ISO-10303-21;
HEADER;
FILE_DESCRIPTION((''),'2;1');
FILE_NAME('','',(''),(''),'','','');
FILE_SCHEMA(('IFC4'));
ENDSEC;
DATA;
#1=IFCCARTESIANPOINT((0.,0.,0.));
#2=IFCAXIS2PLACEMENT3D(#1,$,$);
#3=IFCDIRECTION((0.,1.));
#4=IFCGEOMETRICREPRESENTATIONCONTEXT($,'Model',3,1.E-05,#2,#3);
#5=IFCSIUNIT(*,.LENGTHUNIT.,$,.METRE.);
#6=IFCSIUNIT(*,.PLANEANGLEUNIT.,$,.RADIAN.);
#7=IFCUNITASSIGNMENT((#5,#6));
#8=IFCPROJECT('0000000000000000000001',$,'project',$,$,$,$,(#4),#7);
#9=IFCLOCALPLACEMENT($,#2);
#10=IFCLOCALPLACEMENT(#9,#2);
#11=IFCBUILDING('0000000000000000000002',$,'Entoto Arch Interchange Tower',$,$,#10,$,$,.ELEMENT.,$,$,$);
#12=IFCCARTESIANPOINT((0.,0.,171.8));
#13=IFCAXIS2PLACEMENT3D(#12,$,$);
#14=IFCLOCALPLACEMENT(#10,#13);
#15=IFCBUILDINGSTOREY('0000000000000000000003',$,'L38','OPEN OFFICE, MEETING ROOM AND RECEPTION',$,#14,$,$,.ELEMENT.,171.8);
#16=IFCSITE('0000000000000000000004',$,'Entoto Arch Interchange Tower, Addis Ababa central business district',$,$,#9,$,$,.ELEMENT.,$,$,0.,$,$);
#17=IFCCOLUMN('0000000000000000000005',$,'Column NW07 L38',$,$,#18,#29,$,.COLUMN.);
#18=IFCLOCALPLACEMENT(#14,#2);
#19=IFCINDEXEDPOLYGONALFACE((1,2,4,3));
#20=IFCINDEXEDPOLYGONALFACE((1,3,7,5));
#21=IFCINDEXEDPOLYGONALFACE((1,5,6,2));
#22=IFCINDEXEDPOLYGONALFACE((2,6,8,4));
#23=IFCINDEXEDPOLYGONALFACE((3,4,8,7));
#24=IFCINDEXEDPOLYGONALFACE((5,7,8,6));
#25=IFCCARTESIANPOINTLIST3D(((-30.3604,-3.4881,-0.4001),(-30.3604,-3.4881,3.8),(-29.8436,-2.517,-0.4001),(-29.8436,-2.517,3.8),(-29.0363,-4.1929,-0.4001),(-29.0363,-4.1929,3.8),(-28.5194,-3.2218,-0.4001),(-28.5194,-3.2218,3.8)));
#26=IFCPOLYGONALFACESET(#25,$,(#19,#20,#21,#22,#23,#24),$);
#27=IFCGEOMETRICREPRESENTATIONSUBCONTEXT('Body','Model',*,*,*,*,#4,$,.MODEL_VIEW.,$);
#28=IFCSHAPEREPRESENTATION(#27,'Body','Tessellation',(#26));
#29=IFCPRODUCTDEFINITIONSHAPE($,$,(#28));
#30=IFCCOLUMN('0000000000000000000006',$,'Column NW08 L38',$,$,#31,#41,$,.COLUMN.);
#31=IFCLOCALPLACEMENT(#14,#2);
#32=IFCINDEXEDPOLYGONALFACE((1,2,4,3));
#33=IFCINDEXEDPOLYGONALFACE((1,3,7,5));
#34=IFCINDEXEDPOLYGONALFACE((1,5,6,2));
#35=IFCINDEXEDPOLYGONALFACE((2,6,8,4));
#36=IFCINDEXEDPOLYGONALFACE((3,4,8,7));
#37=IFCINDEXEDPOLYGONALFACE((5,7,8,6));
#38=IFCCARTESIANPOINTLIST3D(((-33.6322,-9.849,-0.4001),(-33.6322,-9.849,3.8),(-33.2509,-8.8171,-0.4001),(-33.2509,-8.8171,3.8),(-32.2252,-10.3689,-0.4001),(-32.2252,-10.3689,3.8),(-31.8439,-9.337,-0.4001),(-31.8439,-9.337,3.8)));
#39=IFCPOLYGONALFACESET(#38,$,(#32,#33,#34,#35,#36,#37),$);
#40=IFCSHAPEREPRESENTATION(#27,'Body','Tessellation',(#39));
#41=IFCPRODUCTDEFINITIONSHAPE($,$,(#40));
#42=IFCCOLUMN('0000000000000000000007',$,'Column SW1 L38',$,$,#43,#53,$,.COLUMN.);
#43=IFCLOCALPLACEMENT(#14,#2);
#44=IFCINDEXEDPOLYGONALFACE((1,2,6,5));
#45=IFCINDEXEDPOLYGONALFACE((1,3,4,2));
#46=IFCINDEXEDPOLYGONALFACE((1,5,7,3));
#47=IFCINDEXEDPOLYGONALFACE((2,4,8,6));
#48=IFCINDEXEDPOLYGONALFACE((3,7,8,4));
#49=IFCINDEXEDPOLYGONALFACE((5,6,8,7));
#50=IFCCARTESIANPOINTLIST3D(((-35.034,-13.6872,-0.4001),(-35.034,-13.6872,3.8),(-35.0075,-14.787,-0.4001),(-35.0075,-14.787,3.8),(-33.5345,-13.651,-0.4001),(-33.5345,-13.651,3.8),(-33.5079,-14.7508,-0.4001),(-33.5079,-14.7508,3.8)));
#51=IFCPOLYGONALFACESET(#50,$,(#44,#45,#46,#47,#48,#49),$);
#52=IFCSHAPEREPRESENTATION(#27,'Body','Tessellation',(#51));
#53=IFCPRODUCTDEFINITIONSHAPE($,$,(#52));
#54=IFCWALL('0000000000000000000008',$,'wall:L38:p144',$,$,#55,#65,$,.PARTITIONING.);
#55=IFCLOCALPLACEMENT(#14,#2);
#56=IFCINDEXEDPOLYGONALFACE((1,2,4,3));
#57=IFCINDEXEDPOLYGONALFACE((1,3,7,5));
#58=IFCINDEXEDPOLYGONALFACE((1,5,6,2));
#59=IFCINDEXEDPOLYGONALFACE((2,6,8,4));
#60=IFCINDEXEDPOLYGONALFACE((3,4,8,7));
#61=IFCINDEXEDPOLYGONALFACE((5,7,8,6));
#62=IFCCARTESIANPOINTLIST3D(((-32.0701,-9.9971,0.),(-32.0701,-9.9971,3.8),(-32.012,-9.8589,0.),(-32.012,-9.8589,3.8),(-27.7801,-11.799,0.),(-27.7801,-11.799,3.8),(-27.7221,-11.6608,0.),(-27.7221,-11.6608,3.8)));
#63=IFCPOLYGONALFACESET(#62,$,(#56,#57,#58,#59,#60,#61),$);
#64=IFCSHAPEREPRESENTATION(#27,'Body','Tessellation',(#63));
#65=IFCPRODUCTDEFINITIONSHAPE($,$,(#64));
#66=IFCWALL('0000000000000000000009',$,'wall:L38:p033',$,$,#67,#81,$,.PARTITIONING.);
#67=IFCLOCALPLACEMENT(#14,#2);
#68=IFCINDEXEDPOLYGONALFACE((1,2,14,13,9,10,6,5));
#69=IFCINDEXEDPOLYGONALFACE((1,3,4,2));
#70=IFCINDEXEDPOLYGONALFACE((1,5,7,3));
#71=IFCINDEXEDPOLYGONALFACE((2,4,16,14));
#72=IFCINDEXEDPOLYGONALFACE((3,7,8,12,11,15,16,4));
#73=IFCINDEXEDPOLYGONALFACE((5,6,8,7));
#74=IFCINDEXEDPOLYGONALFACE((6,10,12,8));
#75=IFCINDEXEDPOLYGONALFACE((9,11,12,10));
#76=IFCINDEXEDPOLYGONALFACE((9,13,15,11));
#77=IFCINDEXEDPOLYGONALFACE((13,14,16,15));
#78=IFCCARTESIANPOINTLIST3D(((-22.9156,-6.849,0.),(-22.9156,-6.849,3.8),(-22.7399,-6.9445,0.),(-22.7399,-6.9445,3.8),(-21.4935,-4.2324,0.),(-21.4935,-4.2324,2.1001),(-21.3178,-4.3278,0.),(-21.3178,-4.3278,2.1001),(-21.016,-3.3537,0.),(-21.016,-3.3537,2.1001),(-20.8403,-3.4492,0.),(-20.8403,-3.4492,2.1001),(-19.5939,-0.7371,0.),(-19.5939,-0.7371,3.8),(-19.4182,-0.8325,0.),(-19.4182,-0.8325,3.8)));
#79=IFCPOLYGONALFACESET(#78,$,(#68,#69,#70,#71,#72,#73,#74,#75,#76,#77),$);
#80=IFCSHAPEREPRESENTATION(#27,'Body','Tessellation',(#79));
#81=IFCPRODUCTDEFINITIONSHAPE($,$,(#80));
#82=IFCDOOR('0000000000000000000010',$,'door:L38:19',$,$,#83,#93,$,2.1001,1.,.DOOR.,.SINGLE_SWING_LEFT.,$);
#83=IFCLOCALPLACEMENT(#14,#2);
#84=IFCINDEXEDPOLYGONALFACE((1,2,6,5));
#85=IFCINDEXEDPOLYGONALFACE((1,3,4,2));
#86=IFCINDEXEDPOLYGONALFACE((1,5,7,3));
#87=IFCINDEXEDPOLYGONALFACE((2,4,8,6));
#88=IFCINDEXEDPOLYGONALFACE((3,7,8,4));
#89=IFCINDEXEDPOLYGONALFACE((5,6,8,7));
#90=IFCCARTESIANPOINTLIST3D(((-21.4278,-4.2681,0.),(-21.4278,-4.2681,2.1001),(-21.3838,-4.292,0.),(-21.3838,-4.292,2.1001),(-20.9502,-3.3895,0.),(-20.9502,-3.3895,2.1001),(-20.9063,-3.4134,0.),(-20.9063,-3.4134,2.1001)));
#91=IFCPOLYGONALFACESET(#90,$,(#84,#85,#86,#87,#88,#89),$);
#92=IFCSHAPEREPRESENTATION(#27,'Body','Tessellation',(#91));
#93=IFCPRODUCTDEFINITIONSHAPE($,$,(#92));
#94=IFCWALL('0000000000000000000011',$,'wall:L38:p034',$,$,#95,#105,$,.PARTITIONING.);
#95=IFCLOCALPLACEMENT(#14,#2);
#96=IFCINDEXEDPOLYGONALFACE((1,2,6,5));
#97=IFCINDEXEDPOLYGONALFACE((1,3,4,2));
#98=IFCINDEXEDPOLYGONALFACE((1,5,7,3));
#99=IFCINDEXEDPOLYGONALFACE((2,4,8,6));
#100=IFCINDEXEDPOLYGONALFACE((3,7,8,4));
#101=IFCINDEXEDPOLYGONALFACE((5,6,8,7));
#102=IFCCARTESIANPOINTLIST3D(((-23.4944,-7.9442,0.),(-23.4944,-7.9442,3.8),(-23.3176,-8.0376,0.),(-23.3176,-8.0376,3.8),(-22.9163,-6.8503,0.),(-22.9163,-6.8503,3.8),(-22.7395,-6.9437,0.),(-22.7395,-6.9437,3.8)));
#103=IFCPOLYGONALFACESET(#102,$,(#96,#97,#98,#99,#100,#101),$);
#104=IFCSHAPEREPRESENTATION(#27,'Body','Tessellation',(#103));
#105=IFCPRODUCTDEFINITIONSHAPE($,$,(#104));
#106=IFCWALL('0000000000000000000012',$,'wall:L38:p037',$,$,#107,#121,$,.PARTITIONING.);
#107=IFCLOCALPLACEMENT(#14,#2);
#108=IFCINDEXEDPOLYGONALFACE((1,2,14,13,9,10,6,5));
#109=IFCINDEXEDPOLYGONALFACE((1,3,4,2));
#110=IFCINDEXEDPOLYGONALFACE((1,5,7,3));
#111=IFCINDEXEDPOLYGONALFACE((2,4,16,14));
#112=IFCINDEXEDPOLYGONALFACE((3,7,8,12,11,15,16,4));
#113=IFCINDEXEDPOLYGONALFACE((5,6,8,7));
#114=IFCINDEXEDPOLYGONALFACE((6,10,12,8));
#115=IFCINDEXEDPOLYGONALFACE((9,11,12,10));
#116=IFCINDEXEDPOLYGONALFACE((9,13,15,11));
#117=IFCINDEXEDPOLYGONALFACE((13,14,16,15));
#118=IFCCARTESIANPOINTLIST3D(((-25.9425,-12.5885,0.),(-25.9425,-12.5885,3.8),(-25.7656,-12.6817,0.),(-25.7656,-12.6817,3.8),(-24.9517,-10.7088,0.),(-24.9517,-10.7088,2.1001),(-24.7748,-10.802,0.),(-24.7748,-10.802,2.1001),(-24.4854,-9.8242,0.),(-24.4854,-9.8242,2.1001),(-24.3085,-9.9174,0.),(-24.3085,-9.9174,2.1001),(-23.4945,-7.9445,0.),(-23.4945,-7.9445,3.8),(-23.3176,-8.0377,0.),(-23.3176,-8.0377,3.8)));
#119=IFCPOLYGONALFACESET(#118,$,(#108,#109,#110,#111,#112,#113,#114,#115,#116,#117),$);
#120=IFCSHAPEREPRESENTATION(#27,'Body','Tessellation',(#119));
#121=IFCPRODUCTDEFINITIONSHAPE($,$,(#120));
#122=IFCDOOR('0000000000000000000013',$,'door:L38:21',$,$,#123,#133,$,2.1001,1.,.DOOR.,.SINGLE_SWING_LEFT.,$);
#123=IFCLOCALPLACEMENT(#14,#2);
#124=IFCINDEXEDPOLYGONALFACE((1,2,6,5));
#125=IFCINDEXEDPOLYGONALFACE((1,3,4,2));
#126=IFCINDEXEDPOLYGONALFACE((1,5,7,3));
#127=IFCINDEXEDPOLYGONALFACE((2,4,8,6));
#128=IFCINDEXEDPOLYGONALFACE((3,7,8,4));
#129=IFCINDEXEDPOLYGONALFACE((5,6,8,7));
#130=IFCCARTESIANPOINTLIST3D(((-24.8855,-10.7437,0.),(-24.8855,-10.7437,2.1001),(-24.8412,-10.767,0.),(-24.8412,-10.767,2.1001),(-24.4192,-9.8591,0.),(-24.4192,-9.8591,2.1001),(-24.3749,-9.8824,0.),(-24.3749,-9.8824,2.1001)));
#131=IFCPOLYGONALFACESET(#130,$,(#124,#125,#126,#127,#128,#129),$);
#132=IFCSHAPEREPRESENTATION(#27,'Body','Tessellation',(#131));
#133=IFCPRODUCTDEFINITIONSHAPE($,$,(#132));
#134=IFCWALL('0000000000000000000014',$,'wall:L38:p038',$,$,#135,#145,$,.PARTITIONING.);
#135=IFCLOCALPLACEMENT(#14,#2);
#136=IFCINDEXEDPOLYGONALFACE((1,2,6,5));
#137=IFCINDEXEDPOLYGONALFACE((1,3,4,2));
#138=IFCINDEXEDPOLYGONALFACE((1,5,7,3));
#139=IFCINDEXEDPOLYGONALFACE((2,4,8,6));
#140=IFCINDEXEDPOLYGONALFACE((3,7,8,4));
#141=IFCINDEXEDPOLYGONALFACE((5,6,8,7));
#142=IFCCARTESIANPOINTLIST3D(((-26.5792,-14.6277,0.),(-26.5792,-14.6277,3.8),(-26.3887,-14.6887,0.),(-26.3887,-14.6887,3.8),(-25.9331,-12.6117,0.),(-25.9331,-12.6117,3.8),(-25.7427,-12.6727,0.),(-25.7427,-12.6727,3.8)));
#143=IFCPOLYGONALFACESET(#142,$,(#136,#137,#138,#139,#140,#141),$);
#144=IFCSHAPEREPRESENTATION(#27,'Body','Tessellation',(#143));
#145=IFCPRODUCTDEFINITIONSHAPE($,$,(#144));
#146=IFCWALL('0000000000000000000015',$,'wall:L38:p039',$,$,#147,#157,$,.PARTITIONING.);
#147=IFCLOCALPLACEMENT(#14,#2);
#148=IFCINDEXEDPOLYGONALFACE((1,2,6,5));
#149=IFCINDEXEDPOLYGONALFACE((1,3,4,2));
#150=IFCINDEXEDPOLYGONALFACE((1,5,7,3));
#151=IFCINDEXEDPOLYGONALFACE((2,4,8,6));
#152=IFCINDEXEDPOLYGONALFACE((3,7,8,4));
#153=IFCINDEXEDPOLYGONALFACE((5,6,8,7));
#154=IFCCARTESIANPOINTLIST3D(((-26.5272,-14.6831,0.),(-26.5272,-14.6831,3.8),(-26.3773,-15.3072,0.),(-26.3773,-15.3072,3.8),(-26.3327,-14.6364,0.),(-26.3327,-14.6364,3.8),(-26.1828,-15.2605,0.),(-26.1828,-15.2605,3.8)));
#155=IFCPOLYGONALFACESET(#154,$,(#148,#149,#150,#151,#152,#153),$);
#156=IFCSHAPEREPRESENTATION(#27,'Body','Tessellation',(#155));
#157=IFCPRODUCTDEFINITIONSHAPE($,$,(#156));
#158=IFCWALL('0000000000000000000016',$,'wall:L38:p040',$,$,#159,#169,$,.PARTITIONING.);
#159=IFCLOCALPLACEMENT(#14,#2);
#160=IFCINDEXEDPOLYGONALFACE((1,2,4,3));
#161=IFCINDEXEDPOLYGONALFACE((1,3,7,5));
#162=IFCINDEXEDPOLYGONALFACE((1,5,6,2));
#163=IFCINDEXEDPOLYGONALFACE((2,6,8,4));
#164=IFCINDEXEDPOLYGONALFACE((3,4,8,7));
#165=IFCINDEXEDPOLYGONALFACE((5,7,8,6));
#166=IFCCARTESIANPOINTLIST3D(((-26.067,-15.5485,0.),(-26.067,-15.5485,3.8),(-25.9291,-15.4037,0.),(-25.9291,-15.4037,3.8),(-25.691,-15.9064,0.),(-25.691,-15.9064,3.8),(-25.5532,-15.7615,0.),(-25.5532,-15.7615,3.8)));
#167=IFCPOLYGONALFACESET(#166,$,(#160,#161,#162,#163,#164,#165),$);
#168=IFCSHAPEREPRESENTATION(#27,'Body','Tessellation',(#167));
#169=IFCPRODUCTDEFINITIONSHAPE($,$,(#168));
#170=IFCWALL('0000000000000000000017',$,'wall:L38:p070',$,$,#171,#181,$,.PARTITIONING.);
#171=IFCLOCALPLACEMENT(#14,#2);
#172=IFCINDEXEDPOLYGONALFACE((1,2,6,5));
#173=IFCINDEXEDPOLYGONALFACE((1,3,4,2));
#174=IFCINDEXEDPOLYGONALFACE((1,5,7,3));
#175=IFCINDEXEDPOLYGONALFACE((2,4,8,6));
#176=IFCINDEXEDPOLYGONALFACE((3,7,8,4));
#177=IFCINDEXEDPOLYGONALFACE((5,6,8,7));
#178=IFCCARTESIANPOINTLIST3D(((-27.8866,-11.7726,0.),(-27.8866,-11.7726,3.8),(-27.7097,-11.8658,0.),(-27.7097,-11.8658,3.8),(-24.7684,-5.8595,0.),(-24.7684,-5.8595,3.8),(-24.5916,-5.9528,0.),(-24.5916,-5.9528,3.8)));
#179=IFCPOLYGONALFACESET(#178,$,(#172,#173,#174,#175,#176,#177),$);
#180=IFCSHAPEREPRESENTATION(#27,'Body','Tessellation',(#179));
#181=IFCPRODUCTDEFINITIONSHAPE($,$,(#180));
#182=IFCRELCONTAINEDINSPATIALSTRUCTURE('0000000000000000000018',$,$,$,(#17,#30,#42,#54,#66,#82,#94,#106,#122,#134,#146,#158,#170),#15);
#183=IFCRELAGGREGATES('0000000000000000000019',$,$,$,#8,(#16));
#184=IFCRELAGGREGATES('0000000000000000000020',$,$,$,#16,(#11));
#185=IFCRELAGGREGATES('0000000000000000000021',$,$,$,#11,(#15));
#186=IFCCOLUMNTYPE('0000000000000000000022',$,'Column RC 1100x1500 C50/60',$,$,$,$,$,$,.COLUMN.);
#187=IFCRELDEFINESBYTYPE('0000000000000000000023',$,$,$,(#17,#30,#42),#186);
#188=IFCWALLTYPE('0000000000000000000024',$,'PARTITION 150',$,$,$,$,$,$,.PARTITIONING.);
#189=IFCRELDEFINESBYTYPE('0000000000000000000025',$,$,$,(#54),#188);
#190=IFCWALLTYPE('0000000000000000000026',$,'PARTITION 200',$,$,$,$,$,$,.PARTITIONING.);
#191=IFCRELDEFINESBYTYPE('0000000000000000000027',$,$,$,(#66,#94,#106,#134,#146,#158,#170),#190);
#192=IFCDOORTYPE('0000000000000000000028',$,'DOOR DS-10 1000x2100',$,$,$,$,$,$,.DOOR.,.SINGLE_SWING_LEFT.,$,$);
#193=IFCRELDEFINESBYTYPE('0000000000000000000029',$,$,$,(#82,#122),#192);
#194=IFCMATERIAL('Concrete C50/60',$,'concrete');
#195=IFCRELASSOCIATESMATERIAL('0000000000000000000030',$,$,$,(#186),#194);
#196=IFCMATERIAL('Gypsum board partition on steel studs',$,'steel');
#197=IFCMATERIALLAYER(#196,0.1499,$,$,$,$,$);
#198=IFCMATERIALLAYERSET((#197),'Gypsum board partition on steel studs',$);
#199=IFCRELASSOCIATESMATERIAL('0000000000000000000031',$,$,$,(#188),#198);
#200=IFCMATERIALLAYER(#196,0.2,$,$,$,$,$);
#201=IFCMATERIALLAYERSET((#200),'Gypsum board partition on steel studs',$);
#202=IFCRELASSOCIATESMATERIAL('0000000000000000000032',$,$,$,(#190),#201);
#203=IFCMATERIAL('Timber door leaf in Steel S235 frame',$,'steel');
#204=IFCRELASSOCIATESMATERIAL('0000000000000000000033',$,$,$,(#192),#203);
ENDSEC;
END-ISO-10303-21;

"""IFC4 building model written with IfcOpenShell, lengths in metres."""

from ifc_helpers import new_model, si_unit, direction, frame, frame_2d, origin, origin_2d, place, context, subcontext, project, spatial, rectangle, extrude, material, layer, layer_set, material_profile, profile_set, type_object, element, fill, save


model = new_model("IFC4")

# Units and contexts
model_context = context("Model", 3, precision=1e-05, world=origin(), true_north=direction((0.0, 1.0)))
body_context = subcontext(model_context, "Body", "Model", "MODEL_VIEW")
ifc_project = project(units=[si_unit("LENGTHUNIT", "METRE"), si_unit("PLANEANGLEUNIT", "RADIAN")], contexts=[model_context])

# Site, building, storey
site_placement = place(None, origin())
site = spatial("IfcSite", under=ifc_project, at=site_placement, Name="Entoto Arch Interchange Tower, Addis Ababa central business district", CompositionType="ELEMENT", RefElevation=0.0)
building_placement = place(site_placement, origin())
building = spatial("IfcBuilding", under=site, at=building_placement, Name="Entoto Arch Interchange Tower", CompositionType="ELEMENT")
storey_placement = place(building_placement, frame((0.0, 0.0, 171.8)))
storey = spatial("IfcBuildingStorey", under=building, at=storey_placement, Name="L38", Description="OPEN OFFICE, MEETING ROOM AND RECEPTION", CompositionType="ELEMENT", Elevation=171.8)

# Columns
ifc_material_1 = material(Name="Concrete C50/60", Category="concrete")
ifc_material_profile = material_profile(ifc_material_1, rectangle(XDim=1.1001, YDim=1.5, at=origin_2d()))
ifc_profile_set = profile_set([ifc_material_profile], Name="Concrete C50/60")
column_type = type_object("IfcColumnType", Name="Column RC 1100x1500 C50/60", PredefinedType="COLUMN", material=ifc_profile_set)
for number, where, z_axis, x_axis, name in (
    (1, (-29.4399, -3.355, -0.4001), (0.0, 0.0, 1.0), (0.469857, 0.882743, 0.0), "Column NW07 L38"),
    (2, (-32.738, -9.593, -0.4001), (0.0, 0.0, 1.0), (0.346592, 0.938016, 0.0), "Column NW08 L38"),
    (3, (-34.271, -14.219, -0.4001), (0.0, 0.0, 1.0), (-0.024118, 0.999709, 0.0), "Column SW1 L38"),
):
    element("IfcColumn", number, at=place(storey_placement, frame(where, z_axis=z_axis, x_axis=x_axis)), inside=storey, type_object=column_type, Name=name, PredefinedType="COLUMN", context=body_context, shape_type="SweptSolid", body=[
        extrude(rectangle(XDim=1.1001, YDim=1.5, at=origin_2d()), origin(), (0.0, 0.0, 1.0), 4.2002),
    ])

# Wall
ifc_material_2 = material(Name="Gypsum board partition on steel studs", Category="steel")
ifc_layer_1 = layer(ifc_material_2, 0.1499)
ifc_layer_set_1 = layer_set([ifc_layer_1], Name="Gypsum board partition on steel studs")
wall_type_1 = type_object("IfcWallType", Name="PARTITION 150", PredefinedType="PARTITIONING", material=ifc_layer_set_1)
wall_1_placement = place(storey_placement, frame((-27.751, -11.73, 0.0), z_axis=(0.0, 0.0, 1.0), x_axis=(-0.921968, 0.387266, 0.0)))
element("IfcWall", 4, at=wall_1_placement, inside=storey, type_object=wall_type_1, Name="wall:L38:p144", PredefinedType="PARTITIONING", context=body_context, shape_type="SweptSolid", body=[
    extrude(rectangle(XDim=4.6531, YDim=0.1499, at=frame_2d((2.3267, 0.0))), origin(), (0.0, 0.0, 1.0), 3.8),
])

# Wall, opening, door
ifc_layer_2 = layer(ifc_material_2, 0.2)
ifc_layer_set_2 = layer_set([ifc_layer_2], Name="Gypsum board partition on steel studs")
wall_type_2 = type_object("IfcWallType", Name="PARTITION 200", PredefinedType="PARTITIONING", material=ifc_layer_set_2)
wall_2_placement = place(storey_placement, frame((-19.5061, -0.7849, 0.0), z_axis=(0.0, 0.0, 1.0), x_axis=(-0.477514, -0.878624, 0.0)))
wall_2 = element("IfcWall", 5, at=wall_2_placement, inside=storey, type_object=wall_type_2, Name="wall:L38:p033", PredefinedType="PARTITIONING", context=body_context, shape_type="SweptSolid", body=[
    extrude(rectangle(XDim=6.9563, YDim=0.2, at=frame_2d((3.478, 0.0))), origin(), (0.0, 0.0, 1.0), 3.8),
])
opening_1_placement = place(wall_2_placement, frame((2.978, 0.0, 0.0)))
opening_1 = element("IfcOpeningElement", 6, at=opening_1_placement, cuts=wall_2, PredefinedType="OPENING", context=body_context, shape_type="SweptSolid", body=[
    extrude(rectangle(XDim=1.0, YDim=2.1001, at=frame_2d((0.5, 1.05))), frame((0.0, 0.1099, 0.0), z_axis=(0.0, -1.0, 0.0), x_axis=(1.0, 0.0, 0.0)), (0.0, 0.0, 1.0), 0.22),
])
ifc_material_3 = material(Name="Timber door leaf in Steel S235 frame", Category="steel")
door_type = type_object("IfcDoorType", Name="DOOR DS-10 1000x2100", OperationType="SINGLE_SWING_LEFT", PredefinedType="DOOR", material=ifc_material_3)
door_1_placement = place(opening_1_placement, origin())
door_1 = element("IfcDoor", 7, at=door_1_placement, inside=storey, type_object=door_type, Name="door:L38:19", OperationType="SINGLE_SWING_LEFT", OverallHeight=2.1001, OverallWidth=1.0, PredefinedType="DOOR", context=body_context, shape_type="SweptSolid", body=[
    extrude(rectangle(XDim=1.0, YDim=2.1001, at=frame_2d((0.5, 1.05))), frame((0.0, 0.0249, 0.0), z_axis=(0.0, -1.0, 0.0), x_axis=(1.0, 0.0, 0.0)), (0.0, 0.0, 1.0), 0.05),
])
fill(opening_1, door_1)

# Wall
wall_3_placement = place(storey_placement, frame((-22.8279, -6.897, 0.0), z_axis=(0.0, 0.0, 1.0), x_axis=(-0.467226, -0.884138, 0.0)))
element("IfcWall", 8, at=wall_3_placement, inside=storey, type_object=wall_type_2, Name="wall:L38:p034", PredefinedType="PARTITIONING", context=body_context, shape_type="SweptSolid", body=[
    extrude(rectangle(XDim=1.2373, YDim=0.2, at=frame_2d((0.6187, 0.0))), origin(), (0.0, 0.0, 1.0), 3.8),
])

# Wall, opening, door
wall_4_placement = place(storey_placement, frame((-23.406, -7.991, 0.0), z_axis=(0.0, 0.0, 1.0), x_axis=(-0.466308, -0.884622, 0.0)))
wall_4 = element("IfcWall", 9, at=wall_4_placement, inside=storey, type_object=wall_type_2, Name="wall:L38:p037", PredefinedType="PARTITIONING", context=body_context, shape_type="SweptSolid", body=[
    extrude(rectangle(XDim=5.2498, YDim=0.2, at=frame_2d((2.625, 0.0))), origin(), (0.0, 0.0, 1.0), 3.8),
])
opening_2_placement = place(wall_4_placement, frame((2.125, 0.0, 0.0)))
opening_2 = element("IfcOpeningElement", 10, at=opening_2_placement, cuts=wall_4, PredefinedType="OPENING", context=body_context, shape_type="SweptSolid", body=[
    extrude(rectangle(XDim=1.0, YDim=2.1001, at=frame_2d((0.5, 1.05))), frame((0.0, 0.1099, 0.0), z_axis=(0.0, -1.0, 0.0), x_axis=(1.0, 0.0, 0.0)), (0.0, 0.0, 1.0), 0.22),
])
door_2_placement = place(opening_2_placement, origin())
door_2 = element("IfcDoor", 11, at=door_2_placement, inside=storey, type_object=door_type, Name="door:L38:21", OperationType="SINGLE_SWING_LEFT", OverallHeight=2.1001, OverallWidth=1.0, PredefinedType="DOOR", context=body_context, shape_type="SweptSolid", body=[
    extrude(rectangle(XDim=1.0, YDim=2.1001, at=frame_2d((0.5, 1.05))), frame((0.0, 0.0249, 0.0), z_axis=(0.0, -1.0, 0.0), x_axis=(1.0, 0.0, 0.0)), (0.0, 0.0, 1.0), 0.05),
])
fill(opening_2, door_2)

# Walls
wall_5_placement = place(storey_placement, frame((-25.8379, -12.6421, 0.0), z_axis=(0.0, 0.0, 1.0), x_axis=(-0.305169, -0.952298, 0.0)))
element("IfcWall", 12, at=wall_5_placement, inside=storey, type_object=wall_type_2, Name="wall:L38:p038", PredefinedType="PARTITIONING", context=body_context, shape_type="SweptSolid", body=[
    extrude(rectangle(XDim=2.1169, YDim=0.2, at=frame_2d((1.0586, 0.0))), origin(), (0.0, 0.0, 1.0), 3.8),
])
wall_6_placement = place(storey_placement, frame((-26.4299, -14.6599, 0.0), z_axis=(0.0, 0.0, 1.0), x_axis=(0.233574, -0.972339, 0.0)))
element("IfcWall", 13, at=wall_6_placement, inside=storey, type_object=wall_type_2, Name="wall:L38:p039", PredefinedType="PARTITIONING", context=body_context, shape_type="SweptSolid", body=[
    extrude(rectangle(XDim=0.6418, YDim=0.2, at=frame_2d((0.3208, 0.0))), origin(), (0.0, 0.0, 1.0), 3.8),
])
wall_7_placement = place(storey_placement, frame((-25.998, -15.4761, 0.0), z_axis=(0.0, 0.0, 1.0), x_axis=(0.724294, -0.689491, 0.0)))
element("IfcWall", 14, at=wall_7_placement, inside=storey, type_object=wall_type_2, Name="wall:L38:p040", PredefinedType="PARTITIONING", context=body_context, shape_type="SweptSolid", body=[
    extrude(rectangle(XDim=0.519, YDim=0.2, at=frame_2d((0.2595, 0.0))), origin(), (0.0, 0.0, 1.0), 3.8),
])
wall_8_placement = place(storey_placement, frame((-27.7981, -11.8191, 0.0), z_axis=(0.0, 0.0, 1.0), x_axis=(0.466451, 0.884547, 0.0)))
element("IfcWall", 15, at=wall_8_placement, inside=storey, type_object=wall_type_2, Name="wall:L38:p070", PredefinedType="PARTITIONING", context=body_context, shape_type="SweptSolid", body=[
    extrude(rectangle(XDim=6.6848, YDim=0.2, at=frame_2d((3.3423, 0.0))), origin(), (0.0, 0.0, 1.0), 3.8),
])

save(model, "model.ifc")
